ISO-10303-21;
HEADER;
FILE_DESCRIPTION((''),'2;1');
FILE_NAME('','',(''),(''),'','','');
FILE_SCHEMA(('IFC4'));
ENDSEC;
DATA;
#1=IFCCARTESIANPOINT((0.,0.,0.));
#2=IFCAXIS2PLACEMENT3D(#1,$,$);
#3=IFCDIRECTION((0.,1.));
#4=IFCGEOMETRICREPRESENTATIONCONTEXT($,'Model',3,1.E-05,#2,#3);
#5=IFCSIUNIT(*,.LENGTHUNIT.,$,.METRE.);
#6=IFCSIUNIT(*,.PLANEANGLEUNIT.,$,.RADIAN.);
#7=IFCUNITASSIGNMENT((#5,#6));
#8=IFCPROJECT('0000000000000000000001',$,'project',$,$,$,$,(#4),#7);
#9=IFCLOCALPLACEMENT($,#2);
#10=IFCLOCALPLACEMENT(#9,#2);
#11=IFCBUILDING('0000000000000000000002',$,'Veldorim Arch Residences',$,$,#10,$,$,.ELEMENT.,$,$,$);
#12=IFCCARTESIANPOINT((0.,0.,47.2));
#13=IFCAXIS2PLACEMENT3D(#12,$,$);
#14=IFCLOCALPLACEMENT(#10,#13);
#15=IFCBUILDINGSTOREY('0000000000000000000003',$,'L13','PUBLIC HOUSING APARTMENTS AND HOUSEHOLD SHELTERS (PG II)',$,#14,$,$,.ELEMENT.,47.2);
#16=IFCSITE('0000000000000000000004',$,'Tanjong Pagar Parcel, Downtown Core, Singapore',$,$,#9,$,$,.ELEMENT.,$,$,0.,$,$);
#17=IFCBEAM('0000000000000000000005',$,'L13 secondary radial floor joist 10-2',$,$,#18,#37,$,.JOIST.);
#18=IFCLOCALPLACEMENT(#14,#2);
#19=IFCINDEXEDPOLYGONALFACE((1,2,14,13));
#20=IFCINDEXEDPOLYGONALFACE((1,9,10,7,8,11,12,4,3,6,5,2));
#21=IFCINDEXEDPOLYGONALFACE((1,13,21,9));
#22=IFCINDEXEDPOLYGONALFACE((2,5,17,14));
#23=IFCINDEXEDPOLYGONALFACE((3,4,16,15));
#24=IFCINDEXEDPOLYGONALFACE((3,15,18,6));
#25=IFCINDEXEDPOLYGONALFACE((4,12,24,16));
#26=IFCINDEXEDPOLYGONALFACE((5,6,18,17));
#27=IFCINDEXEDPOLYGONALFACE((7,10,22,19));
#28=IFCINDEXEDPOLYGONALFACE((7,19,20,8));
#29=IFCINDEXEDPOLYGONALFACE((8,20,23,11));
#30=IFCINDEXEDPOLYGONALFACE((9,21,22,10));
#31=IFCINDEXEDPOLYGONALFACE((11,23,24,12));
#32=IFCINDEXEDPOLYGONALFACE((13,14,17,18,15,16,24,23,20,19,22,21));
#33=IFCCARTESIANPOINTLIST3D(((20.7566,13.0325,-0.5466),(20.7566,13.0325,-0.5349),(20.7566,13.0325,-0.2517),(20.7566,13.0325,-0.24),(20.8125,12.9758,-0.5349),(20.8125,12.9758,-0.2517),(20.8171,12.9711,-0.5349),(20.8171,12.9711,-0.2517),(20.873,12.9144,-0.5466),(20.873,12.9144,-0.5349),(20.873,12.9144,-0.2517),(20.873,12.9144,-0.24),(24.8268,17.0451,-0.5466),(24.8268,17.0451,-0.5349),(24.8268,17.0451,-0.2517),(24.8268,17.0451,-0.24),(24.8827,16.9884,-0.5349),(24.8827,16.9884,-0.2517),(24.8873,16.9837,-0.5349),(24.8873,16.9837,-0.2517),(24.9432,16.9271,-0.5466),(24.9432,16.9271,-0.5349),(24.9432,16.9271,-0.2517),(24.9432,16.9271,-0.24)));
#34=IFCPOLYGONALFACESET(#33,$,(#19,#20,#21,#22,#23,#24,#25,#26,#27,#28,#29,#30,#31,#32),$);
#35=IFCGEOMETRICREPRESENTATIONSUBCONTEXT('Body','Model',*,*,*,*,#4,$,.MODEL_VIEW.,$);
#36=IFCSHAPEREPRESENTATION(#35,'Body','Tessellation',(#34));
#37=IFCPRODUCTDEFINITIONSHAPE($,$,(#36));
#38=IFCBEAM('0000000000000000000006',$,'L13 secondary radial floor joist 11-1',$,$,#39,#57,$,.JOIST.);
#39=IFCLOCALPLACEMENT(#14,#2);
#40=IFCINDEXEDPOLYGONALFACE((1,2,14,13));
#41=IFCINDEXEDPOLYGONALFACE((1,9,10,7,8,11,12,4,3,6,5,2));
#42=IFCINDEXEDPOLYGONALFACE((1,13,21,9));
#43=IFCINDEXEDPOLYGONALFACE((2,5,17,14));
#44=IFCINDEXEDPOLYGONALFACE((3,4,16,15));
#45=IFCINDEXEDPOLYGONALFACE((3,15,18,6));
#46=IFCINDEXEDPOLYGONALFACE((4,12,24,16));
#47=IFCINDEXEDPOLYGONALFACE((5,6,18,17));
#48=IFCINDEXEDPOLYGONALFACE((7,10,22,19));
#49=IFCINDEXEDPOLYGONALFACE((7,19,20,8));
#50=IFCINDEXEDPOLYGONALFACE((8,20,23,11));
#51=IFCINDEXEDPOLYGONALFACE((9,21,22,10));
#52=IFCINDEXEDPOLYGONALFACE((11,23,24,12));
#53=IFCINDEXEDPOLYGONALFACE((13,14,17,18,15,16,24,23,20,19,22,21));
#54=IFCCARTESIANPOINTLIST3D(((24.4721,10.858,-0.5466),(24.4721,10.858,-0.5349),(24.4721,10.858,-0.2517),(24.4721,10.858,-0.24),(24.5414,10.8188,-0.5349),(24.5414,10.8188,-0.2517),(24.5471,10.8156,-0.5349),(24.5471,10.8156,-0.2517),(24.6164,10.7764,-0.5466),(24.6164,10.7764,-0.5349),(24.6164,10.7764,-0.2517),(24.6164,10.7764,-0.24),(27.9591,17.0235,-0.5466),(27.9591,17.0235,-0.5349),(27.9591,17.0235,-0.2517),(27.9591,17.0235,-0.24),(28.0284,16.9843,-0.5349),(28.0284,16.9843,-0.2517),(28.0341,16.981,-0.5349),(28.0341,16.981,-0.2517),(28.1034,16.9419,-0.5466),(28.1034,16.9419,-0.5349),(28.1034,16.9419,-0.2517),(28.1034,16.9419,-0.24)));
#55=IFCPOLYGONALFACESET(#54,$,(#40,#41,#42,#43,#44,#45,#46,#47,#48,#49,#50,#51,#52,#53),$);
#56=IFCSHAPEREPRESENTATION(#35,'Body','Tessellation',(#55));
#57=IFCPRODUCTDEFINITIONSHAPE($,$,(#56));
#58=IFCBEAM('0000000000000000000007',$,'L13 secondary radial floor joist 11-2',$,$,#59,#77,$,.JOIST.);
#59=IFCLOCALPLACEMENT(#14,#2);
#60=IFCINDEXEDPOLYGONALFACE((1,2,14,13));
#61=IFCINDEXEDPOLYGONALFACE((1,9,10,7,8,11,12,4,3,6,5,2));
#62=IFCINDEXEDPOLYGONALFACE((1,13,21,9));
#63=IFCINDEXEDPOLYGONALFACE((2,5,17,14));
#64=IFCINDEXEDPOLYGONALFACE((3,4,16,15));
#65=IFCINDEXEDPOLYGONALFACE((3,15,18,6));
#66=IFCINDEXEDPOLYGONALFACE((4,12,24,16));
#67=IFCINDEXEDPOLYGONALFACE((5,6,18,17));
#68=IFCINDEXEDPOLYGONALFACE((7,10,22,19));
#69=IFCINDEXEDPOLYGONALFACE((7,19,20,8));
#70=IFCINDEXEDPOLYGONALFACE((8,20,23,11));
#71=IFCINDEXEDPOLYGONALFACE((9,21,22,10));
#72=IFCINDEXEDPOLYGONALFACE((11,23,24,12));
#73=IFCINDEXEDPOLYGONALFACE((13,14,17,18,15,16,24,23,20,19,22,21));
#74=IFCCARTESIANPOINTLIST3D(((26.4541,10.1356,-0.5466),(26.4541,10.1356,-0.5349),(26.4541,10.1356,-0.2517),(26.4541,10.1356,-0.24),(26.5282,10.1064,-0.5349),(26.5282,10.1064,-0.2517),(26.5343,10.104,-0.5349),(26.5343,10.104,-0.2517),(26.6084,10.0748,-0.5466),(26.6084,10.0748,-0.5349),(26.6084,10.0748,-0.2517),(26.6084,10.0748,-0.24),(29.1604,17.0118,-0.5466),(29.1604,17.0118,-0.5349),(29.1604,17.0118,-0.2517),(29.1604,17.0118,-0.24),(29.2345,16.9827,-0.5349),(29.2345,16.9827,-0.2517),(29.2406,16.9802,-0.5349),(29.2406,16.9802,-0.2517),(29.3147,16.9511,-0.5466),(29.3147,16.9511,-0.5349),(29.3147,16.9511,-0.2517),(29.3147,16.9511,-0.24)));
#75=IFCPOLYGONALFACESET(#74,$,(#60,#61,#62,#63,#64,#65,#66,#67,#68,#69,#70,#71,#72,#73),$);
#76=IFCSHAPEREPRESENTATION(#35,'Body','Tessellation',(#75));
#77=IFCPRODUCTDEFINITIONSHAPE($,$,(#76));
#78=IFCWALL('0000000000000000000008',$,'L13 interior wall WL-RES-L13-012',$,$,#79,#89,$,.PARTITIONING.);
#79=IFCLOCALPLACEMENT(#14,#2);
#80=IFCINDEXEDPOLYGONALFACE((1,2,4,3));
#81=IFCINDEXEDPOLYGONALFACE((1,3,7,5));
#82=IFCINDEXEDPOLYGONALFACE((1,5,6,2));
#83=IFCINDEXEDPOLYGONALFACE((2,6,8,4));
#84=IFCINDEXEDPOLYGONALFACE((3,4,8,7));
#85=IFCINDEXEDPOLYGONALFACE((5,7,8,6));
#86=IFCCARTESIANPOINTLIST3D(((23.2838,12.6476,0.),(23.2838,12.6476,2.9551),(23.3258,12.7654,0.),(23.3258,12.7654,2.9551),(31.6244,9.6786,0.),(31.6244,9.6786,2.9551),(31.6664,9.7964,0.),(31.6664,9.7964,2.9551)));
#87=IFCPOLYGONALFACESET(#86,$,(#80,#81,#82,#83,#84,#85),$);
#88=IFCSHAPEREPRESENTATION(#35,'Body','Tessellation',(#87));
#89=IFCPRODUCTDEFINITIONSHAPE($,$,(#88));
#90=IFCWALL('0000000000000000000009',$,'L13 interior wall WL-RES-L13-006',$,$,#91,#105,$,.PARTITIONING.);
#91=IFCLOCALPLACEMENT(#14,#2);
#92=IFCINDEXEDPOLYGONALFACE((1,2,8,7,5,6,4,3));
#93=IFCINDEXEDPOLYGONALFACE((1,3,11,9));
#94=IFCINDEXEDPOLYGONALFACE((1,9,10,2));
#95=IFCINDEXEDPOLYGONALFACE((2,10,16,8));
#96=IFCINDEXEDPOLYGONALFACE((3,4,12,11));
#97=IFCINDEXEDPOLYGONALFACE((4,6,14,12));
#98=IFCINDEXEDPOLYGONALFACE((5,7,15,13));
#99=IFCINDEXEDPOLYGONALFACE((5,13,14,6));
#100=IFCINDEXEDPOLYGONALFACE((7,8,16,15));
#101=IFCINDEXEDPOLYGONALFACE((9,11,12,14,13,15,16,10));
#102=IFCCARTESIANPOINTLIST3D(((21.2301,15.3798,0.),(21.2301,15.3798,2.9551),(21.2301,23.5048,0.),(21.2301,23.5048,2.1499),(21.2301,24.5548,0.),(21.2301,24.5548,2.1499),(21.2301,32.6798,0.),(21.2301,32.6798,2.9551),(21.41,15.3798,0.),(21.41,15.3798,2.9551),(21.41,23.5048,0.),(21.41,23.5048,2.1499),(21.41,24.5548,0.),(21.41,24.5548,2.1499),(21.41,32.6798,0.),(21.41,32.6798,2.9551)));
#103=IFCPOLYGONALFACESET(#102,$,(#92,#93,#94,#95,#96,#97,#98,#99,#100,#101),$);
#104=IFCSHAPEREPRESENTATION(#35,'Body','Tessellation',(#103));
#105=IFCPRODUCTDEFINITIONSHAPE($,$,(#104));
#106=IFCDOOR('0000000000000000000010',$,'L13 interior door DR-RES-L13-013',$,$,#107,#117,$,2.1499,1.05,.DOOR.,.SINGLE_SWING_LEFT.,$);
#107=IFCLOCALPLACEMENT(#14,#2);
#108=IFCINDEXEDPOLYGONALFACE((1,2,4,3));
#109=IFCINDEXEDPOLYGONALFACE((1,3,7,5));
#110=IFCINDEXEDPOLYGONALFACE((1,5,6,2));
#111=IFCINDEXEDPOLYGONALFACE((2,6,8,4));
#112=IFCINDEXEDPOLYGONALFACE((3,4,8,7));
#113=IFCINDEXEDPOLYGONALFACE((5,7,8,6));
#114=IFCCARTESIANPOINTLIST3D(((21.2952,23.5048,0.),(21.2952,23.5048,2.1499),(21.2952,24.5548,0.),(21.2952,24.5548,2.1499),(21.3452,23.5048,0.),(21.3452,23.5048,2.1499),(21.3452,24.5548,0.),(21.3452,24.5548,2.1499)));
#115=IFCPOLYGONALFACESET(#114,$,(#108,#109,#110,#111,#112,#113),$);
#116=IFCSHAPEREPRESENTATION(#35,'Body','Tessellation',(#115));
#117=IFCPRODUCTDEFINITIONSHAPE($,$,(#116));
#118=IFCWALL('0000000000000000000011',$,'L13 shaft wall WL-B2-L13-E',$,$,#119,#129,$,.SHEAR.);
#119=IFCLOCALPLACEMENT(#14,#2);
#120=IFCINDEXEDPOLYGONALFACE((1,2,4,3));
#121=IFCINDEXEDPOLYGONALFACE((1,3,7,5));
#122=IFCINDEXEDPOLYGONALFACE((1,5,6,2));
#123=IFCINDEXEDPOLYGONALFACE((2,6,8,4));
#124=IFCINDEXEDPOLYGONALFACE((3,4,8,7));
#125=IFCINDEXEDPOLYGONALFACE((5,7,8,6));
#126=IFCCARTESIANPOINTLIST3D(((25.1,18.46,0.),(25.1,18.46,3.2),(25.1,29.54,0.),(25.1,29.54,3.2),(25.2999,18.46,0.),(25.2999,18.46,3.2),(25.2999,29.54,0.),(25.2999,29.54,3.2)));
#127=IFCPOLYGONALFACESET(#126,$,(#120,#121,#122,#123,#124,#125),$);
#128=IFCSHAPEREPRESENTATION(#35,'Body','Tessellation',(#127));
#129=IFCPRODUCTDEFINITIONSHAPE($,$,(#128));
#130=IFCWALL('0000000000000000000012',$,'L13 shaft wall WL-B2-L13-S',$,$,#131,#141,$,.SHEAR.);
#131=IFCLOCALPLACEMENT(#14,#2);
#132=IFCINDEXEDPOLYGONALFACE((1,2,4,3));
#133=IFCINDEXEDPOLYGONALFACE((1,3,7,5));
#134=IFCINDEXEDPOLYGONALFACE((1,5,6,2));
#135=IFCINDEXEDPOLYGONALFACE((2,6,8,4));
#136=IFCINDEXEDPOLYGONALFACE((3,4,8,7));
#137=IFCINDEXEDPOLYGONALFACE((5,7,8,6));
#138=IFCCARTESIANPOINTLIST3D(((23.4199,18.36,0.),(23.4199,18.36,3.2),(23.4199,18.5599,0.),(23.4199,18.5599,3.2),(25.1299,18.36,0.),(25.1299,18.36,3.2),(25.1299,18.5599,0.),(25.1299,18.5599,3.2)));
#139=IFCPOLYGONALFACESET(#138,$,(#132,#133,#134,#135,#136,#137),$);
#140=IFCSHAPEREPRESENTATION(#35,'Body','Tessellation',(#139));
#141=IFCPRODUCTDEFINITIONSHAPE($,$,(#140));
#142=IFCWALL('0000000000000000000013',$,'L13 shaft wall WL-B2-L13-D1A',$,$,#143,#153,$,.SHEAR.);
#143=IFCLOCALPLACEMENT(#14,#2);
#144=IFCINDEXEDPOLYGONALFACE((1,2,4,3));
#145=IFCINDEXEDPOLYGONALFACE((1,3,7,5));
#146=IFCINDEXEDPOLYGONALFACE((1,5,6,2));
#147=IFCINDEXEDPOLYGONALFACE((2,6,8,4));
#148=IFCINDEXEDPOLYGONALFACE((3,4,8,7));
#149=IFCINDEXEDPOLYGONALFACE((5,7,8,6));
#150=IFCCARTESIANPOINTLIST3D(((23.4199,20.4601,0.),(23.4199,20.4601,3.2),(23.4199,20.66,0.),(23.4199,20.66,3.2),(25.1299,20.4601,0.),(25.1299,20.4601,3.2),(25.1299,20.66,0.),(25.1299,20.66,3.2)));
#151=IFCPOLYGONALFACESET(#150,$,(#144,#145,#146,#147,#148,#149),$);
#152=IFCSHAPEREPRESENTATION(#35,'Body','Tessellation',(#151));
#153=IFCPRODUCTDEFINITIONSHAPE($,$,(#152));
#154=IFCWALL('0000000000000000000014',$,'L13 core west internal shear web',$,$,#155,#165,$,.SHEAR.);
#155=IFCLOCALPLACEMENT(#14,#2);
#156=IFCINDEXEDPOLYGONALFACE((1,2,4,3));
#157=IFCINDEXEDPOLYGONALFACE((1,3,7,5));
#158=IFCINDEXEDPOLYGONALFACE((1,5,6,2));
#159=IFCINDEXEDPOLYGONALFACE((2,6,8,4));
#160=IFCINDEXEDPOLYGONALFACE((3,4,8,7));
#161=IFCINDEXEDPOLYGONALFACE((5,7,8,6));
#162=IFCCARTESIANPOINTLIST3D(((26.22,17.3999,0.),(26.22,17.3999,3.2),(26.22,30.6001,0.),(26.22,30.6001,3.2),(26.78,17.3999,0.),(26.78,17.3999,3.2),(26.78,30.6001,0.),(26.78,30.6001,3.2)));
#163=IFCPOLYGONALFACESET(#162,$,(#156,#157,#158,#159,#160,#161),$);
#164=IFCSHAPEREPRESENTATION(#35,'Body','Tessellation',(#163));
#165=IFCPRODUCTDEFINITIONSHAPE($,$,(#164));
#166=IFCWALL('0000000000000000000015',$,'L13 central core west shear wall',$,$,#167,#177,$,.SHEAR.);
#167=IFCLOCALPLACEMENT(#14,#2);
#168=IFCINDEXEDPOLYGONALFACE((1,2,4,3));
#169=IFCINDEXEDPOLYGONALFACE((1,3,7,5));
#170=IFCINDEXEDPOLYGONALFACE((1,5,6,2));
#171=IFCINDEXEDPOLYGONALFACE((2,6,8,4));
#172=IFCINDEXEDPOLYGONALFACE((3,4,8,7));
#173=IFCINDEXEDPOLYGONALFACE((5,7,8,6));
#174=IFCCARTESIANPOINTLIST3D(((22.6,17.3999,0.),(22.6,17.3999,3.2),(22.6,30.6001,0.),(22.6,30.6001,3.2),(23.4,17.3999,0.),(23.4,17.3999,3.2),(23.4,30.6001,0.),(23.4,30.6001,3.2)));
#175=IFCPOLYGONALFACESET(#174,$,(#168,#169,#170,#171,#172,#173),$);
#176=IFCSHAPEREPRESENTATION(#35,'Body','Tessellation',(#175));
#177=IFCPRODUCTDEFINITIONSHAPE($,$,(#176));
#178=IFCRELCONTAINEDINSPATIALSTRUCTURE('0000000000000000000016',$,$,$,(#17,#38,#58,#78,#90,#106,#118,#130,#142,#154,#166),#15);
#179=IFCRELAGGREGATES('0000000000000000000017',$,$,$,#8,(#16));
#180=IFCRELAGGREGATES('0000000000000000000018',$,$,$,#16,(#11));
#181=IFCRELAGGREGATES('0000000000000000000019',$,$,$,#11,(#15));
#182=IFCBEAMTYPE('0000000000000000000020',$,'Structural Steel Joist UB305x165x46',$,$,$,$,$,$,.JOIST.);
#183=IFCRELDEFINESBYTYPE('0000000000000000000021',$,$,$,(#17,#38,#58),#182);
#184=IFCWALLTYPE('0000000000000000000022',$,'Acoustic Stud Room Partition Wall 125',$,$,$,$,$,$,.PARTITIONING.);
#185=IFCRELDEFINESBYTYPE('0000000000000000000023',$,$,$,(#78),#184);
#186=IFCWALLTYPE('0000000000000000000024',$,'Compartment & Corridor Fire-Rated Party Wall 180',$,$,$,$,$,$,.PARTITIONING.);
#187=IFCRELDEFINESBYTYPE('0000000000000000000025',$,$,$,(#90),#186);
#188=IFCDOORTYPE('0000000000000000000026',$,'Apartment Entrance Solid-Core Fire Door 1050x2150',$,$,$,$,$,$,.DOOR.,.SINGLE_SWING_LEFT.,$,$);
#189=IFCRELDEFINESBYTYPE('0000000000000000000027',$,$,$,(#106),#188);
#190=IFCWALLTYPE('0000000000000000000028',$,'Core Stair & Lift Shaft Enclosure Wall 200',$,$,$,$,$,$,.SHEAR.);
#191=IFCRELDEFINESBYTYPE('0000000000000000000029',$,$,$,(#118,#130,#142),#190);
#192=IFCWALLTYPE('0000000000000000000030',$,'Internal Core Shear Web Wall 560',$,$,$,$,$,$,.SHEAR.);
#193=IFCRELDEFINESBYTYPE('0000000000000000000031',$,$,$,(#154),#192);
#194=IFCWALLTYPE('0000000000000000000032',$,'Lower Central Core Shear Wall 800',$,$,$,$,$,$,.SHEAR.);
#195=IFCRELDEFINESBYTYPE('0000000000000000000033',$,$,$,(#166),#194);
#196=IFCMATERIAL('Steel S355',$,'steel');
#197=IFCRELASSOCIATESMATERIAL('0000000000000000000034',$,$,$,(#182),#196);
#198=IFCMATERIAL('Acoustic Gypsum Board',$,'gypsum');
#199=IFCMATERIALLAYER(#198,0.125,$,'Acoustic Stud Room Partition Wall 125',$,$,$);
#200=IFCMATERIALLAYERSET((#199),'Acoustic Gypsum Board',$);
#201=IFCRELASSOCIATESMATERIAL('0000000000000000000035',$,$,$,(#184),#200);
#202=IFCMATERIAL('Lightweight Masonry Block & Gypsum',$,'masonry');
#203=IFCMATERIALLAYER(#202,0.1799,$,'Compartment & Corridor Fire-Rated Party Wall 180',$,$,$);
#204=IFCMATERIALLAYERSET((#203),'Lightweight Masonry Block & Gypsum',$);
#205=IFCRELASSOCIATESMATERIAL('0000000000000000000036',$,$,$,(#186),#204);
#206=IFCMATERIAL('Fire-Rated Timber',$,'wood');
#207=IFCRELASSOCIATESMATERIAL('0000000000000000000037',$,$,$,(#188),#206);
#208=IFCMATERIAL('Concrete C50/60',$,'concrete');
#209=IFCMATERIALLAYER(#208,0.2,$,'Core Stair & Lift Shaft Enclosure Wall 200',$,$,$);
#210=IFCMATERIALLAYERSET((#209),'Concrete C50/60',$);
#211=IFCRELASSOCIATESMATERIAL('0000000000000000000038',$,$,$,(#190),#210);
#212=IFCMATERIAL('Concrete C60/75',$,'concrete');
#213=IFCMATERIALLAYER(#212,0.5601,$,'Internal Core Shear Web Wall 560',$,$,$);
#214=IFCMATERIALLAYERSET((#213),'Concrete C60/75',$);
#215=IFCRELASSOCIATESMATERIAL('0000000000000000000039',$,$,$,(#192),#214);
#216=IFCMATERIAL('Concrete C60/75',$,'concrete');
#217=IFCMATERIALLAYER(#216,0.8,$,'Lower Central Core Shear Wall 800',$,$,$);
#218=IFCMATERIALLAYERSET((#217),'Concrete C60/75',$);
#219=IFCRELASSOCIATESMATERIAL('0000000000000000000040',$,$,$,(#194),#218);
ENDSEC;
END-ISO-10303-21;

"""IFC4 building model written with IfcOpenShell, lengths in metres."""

from ifc_helpers import new_model, si_unit, direction, frame, frame_2d, origin, origin_2d, place, context, subcontext, project, spatial, rectangle, i_section, extrude, material, layer, layer_set, material_profile, profile_set, type_object, element, fill, save


model = new_model("IFC4")

# Units and contexts
model_context = context("Model", 3, precision=1e-05, world=origin(), true_north=direction((0.0, 1.0)))
body_context = subcontext(model_context, "Body", "Model", "MODEL_VIEW")
ifc_project = project(units=[si_unit("LENGTHUNIT", "METRE"), si_unit("PLANEANGLEUNIT", "RADIAN")], contexts=[model_context])

# Site, building, storey
site_placement = place(None, origin())
site = spatial("IfcSite", under=ifc_project, at=site_placement, Name="Tanjong Pagar Parcel, Downtown Core, Singapore", CompositionType="ELEMENT", RefElevation=0.0)
building_placement = place(site_placement, origin())
building = spatial("IfcBuilding", under=site, at=building_placement, Name="Veldorim Arch Residences", CompositionType="ELEMENT")
storey_placement = place(building_placement, frame((0.0, 0.0, 47.2)))
storey = spatial("IfcBuildingStorey", under=building, at=storey_placement, Name="L13", Description="PUBLIC HOUSING APARTMENTS AND HOUSEHOLD SHELTERS (PG II)", CompositionType="ELEMENT", Elevation=47.2)

# Beams
ifc_material_1 = material(Name="Steel S355", Category="steel")
ifc_material_profile_1 = material_profile(ifc_material_1, i_section(OverallWidth=0.1658, OverallDepth=0.3066, WebThickness=0.0066, FlangeThickness=0.0117, at=origin_2d()), Name="UB305x165x46")
ifc_profile_set_1 = profile_set([ifc_material_profile_1], Name="Steel S355")
beam_type_1 = type_object("IfcBeamType", Name="Structural Steel Joist UB305x165x46", PredefinedType="JOIST", material=ifc_profile_set_1)
beam_1_placement = place(storey_placement, frame((24.885, 16.9861, -0.3933), z_axis=(-0.712129, -0.702049, 0.0), x_axis=(0.702049, -0.712129, 0.0)))
element("IfcBeam", 1, at=beam_1_placement, inside=storey, type_object=beam_type_1, Name="L13 secondary radial floor joist 10-2", PredefinedType="JOIST", context=body_context, shape_type="SweptSolid", body=[
    extrude(i_section(OverallWidth=0.1658, OverallDepth=0.3066, WebThickness=0.0066, FlangeThickness=0.0117, at=origin_2d()), origin(), (0.0, 0.0, 1.0), 5.7156),
])
beam_2_placement = place(storey_placement, frame((28.0312, 16.9827, -0.3933), z_axis=(-0.492292, -0.87043, 0.0), x_axis=(0.87043, -0.492292, 0.0)))
element("IfcBeam", 2, at=beam_2_placement, inside=storey, type_object=beam_type_1, Name="L13 secondary radial floor joist 11-1", PredefinedType="JOIST", context=body_context, shape_type="SweptSolid", body=[
    extrude(i_section(OverallWidth=0.1658, OverallDepth=0.3066, WebThickness=0.0066, FlangeThickness=0.0117, at=origin_2d()), origin(), (0.0, 0.0, 1.0), 7.0833),
])
beam_3_placement = place(storey_placement, frame((29.2375, 16.9814, -0.3933), z_axis=(-0.36623, -0.930524, 0.0), x_axis=(0.930524, -0.36623, 0.0)))
element("IfcBeam", 3, at=beam_3_placement, inside=storey, type_object=beam_type_1, Name="L13 secondary radial floor joist 11-2", PredefinedType="JOIST", context=body_context, shape_type="SweptSolid", body=[
    extrude(i_section(OverallWidth=0.1658, OverallDepth=0.3066, WebThickness=0.0066, FlangeThickness=0.0117, at=origin_2d()), origin(), (0.0, 0.0, 1.0), 7.3896),
])

# Wall
ifc_material_2 = material(Name="Acoustic Gypsum Board", Category="gypsum")
ifc_layer_1 = layer(ifc_material_2, 0.125, Name="Acoustic Stud Room Partition Wall 125")
ifc_layer_set_1 = layer_set([ifc_layer_1], Name="Acoustic Gypsum Board")
wall_type_1 = type_object("IfcWallType", Name="Acoustic Stud Room Partition Wall 125", PredefinedType="PARTITIONING", material=ifc_layer_set_1)
wall_1_placement = place(storey_placement, frame((23.3047, 12.7065, 0.0), z_axis=(0.0, 0.0, 1.0), x_axis=(0.942091, -0.335356, 0.0)))
element("IfcWall", 4, at=wall_1_placement, inside=storey, type_object=wall_type_1, Name="L13 interior wall WL-RES-L13-012", PredefinedType="PARTITIONING", context=body_context, shape_type="SweptSolid", body=[
    extrude(rectangle(XDim=8.8533, YDim=0.125, at=frame_2d((4.4268, 0.0))), origin(), (0.0, 0.0, 1.0), 2.9551),
])

# Wall, opening, door
ifc_material_3 = material(Name="Lightweight Masonry Block & Gypsum", Category="masonry")
ifc_layer_2 = layer(ifc_material_3, 0.1799, Name="Compartment & Corridor Fire-Rated Party Wall 180")
ifc_layer_set_2 = layer_set([ifc_layer_2], Name="Lightweight Masonry Block & Gypsum")
wall_type_2 = type_object("IfcWallType", Name="Compartment & Corridor Fire-Rated Party Wall 180", PredefinedType="PARTITIONING", material=ifc_layer_set_2)
wall_2_placement = place(storey_placement, frame((21.3201, 15.3799, 0.0), z_axis=(0.0, 0.0, 1.0), x_axis=(0.0, 1.0, 0.0)))
wall_2 = element("IfcWall", 5, at=wall_2_placement, inside=storey, type_object=wall_type_2, Name="L13 interior wall WL-RES-L13-006", PredefinedType="PARTITIONING", context=body_context, shape_type="SweptSolid", body=[
    extrude(rectangle(XDim=17.3, YDim=0.1799, at=frame_2d((8.6499, 0.0))), origin(), (0.0, 0.0, 1.0), 2.9551),
])
opening_1_placement = place(wall_2_placement, frame((8.125, 0.0, 0.0)))
opening_1 = element("IfcOpeningElement", 6, at=opening_1_placement, cuts=wall_2, PredefinedType="OPENING", context=body_context, shape_type="SweptSolid", body=[
    extrude(rectangle(XDim=1.05, YDim=2.1499, at=frame_2d((0.5249, 1.075))), frame((0.0, 0.0999, 0.0), z_axis=(0.0, -1.0, 0.0), x_axis=(1.0, 0.0, 0.0)), (0.0, 0.0, 1.0), 0.2),
])
ifc_material_4 = material(Name="Fire-Rated Timber", Category="wood")
door_type_1 = type_object("IfcDoorType", Name="Apartment Entrance Solid-Core Fire Door 1050x2150", OperationType="SINGLE_SWING_LEFT", PredefinedType="DOOR", material=ifc_material_4)
door_1_placement = place(opening_1_placement, origin())
door_1 = element("IfcDoor", 7, at=door_1_placement, inside=storey, type_object=door_type_1, Name="L13 interior door DR-RES-L13-013", OperationType="SINGLE_SWING_LEFT", OverallHeight=2.1499, OverallWidth=1.05, PredefinedType="DOOR", context=body_context, shape_type="SweptSolid", body=[
    extrude(rectangle(XDim=1.05, YDim=2.1499, at=frame_2d((0.5249, 1.075))), frame((0.0, 0.0249, 0.0), z_axis=(0.0, -1.0, 0.0), x_axis=(1.0, 0.0, 0.0)), (0.0, 0.0, 1.0), 0.05),
])
fill(opening_1, door_1)
ifc_material_5 = material(Name="Concrete C50/60", Category="concrete")
ifc_layer_3 = layer(ifc_material_5, 0.2, Name="Core Stair & Lift Shaft Enclosure Wall 200")
ifc_layer_set_3 = layer_set([ifc_layer_3], Name="Concrete C50/60")
wall_type_3 = type_object("IfcWallType", Name="Core Stair & Lift Shaft Enclosure Wall 200", PredefinedType="SHEAR", material=ifc_layer_set_3)

# Walls
wall_3_placement = place(storey_placement, frame((25.2, 18.46, 0.0), z_axis=(0.0, 0.0, 1.0), x_axis=(0.0, 1.0, 0.0)))
element("IfcWall", 8, at=wall_3_placement, inside=storey, type_object=wall_type_3, Name="L13 shaft wall WL-B2-L13-E", PredefinedType="SHEAR", context=body_context, shape_type="SweptSolid", body=[
    extrude(rectangle(XDim=11.0801, YDim=0.2, at=frame_2d((5.54, 0.0))), origin(), (0.0, 0.0, 1.0), 3.2),
])
for number, where, z_axis, x_axis, name in (
    (9, (23.4199, 18.46, 0.0), (0.0, 0.0, 1.0), (1.0, 0.0, 0.0), "L13 shaft wall WL-B2-L13-S"),
    (10, (23.4199, 20.5601, 0.0), (0.0, 0.0, 1.0), (1.0, 0.0, 0.0), "L13 shaft wall WL-B2-L13-D1A"),
):
    element("IfcWall", number, at=place(storey_placement, frame(where, z_axis=z_axis, x_axis=x_axis)), inside=storey, type_object=wall_type_3, Name=name, PredefinedType="SHEAR", context=body_context, shape_type="SweptSolid", body=[
        extrude(rectangle(XDim=1.71, YDim=0.2, at=frame_2d((0.855, 0.0))), origin(), (0.0, 0.0, 1.0), 3.2),
    ])
ifc_material_6 = material(Name="Concrete C60/75", Category="concrete")
ifc_layer_4 = layer(ifc_material_6, 0.5601, Name="Internal Core Shear Web Wall 560")
ifc_layer_set_4 = layer_set([ifc_layer_4], Name="Concrete C60/75")
wall_type_4 = type_object("IfcWallType", Name="Internal Core Shear Web Wall 560", PredefinedType="SHEAR", material=ifc_layer_set_4)
wall_4_placement = place(storey_placement, frame((26.5, 17.3999, 0.0), z_axis=(0.0, 0.0, 1.0), x_axis=(0.0, 1.0, 0.0)))
element("IfcWall", 11, at=wall_4_placement, inside=storey, type_object=wall_type_4, Name="L13 core west internal shear web", PredefinedType="SHEAR", context=body_context, shape_type="SweptSolid", body=[
    extrude(rectangle(XDim=13.2002, YDim=0.5601, at=frame_2d((6.6001, 0.0))), origin(), (0.0, 0.0, 1.0), 3.2),
])

# Shared definitions
ifc_material_7 = material(Name="Concrete C60/75", Category="concrete")
ifc_layer_5 = layer(ifc_material_7, 0.8, Name="Lower Central Core Shear Wall 800")
ifc_layer_set_5 = layer_set([ifc_layer_5], Name="Concrete C60/75")
wall_type_5 = type_object("IfcWallType", Name="Lower Central Core Shear Wall 800", PredefinedType="SHEAR", material=ifc_layer_set_5)

# Wall
wall_5_placement = place(storey_placement, frame((23.0, 17.3999, 0.0), z_axis=(0.0, 0.0, 1.0), x_axis=(0.0, 1.0, 0.0)))
element("IfcWall", 12, at=wall_5_placement, inside=storey, type_object=wall_type_5, Name="L13 central core west shear wall", PredefinedType="SHEAR", context=body_context, shape_type="SweptSolid", body=[
    extrude(rectangle(XDim=13.2002, YDim=0.8, at=frame_2d((6.6001, 0.0))), origin(), (0.0, 0.0, 1.0), 3.2),
])

save(model, "model.ifc")
